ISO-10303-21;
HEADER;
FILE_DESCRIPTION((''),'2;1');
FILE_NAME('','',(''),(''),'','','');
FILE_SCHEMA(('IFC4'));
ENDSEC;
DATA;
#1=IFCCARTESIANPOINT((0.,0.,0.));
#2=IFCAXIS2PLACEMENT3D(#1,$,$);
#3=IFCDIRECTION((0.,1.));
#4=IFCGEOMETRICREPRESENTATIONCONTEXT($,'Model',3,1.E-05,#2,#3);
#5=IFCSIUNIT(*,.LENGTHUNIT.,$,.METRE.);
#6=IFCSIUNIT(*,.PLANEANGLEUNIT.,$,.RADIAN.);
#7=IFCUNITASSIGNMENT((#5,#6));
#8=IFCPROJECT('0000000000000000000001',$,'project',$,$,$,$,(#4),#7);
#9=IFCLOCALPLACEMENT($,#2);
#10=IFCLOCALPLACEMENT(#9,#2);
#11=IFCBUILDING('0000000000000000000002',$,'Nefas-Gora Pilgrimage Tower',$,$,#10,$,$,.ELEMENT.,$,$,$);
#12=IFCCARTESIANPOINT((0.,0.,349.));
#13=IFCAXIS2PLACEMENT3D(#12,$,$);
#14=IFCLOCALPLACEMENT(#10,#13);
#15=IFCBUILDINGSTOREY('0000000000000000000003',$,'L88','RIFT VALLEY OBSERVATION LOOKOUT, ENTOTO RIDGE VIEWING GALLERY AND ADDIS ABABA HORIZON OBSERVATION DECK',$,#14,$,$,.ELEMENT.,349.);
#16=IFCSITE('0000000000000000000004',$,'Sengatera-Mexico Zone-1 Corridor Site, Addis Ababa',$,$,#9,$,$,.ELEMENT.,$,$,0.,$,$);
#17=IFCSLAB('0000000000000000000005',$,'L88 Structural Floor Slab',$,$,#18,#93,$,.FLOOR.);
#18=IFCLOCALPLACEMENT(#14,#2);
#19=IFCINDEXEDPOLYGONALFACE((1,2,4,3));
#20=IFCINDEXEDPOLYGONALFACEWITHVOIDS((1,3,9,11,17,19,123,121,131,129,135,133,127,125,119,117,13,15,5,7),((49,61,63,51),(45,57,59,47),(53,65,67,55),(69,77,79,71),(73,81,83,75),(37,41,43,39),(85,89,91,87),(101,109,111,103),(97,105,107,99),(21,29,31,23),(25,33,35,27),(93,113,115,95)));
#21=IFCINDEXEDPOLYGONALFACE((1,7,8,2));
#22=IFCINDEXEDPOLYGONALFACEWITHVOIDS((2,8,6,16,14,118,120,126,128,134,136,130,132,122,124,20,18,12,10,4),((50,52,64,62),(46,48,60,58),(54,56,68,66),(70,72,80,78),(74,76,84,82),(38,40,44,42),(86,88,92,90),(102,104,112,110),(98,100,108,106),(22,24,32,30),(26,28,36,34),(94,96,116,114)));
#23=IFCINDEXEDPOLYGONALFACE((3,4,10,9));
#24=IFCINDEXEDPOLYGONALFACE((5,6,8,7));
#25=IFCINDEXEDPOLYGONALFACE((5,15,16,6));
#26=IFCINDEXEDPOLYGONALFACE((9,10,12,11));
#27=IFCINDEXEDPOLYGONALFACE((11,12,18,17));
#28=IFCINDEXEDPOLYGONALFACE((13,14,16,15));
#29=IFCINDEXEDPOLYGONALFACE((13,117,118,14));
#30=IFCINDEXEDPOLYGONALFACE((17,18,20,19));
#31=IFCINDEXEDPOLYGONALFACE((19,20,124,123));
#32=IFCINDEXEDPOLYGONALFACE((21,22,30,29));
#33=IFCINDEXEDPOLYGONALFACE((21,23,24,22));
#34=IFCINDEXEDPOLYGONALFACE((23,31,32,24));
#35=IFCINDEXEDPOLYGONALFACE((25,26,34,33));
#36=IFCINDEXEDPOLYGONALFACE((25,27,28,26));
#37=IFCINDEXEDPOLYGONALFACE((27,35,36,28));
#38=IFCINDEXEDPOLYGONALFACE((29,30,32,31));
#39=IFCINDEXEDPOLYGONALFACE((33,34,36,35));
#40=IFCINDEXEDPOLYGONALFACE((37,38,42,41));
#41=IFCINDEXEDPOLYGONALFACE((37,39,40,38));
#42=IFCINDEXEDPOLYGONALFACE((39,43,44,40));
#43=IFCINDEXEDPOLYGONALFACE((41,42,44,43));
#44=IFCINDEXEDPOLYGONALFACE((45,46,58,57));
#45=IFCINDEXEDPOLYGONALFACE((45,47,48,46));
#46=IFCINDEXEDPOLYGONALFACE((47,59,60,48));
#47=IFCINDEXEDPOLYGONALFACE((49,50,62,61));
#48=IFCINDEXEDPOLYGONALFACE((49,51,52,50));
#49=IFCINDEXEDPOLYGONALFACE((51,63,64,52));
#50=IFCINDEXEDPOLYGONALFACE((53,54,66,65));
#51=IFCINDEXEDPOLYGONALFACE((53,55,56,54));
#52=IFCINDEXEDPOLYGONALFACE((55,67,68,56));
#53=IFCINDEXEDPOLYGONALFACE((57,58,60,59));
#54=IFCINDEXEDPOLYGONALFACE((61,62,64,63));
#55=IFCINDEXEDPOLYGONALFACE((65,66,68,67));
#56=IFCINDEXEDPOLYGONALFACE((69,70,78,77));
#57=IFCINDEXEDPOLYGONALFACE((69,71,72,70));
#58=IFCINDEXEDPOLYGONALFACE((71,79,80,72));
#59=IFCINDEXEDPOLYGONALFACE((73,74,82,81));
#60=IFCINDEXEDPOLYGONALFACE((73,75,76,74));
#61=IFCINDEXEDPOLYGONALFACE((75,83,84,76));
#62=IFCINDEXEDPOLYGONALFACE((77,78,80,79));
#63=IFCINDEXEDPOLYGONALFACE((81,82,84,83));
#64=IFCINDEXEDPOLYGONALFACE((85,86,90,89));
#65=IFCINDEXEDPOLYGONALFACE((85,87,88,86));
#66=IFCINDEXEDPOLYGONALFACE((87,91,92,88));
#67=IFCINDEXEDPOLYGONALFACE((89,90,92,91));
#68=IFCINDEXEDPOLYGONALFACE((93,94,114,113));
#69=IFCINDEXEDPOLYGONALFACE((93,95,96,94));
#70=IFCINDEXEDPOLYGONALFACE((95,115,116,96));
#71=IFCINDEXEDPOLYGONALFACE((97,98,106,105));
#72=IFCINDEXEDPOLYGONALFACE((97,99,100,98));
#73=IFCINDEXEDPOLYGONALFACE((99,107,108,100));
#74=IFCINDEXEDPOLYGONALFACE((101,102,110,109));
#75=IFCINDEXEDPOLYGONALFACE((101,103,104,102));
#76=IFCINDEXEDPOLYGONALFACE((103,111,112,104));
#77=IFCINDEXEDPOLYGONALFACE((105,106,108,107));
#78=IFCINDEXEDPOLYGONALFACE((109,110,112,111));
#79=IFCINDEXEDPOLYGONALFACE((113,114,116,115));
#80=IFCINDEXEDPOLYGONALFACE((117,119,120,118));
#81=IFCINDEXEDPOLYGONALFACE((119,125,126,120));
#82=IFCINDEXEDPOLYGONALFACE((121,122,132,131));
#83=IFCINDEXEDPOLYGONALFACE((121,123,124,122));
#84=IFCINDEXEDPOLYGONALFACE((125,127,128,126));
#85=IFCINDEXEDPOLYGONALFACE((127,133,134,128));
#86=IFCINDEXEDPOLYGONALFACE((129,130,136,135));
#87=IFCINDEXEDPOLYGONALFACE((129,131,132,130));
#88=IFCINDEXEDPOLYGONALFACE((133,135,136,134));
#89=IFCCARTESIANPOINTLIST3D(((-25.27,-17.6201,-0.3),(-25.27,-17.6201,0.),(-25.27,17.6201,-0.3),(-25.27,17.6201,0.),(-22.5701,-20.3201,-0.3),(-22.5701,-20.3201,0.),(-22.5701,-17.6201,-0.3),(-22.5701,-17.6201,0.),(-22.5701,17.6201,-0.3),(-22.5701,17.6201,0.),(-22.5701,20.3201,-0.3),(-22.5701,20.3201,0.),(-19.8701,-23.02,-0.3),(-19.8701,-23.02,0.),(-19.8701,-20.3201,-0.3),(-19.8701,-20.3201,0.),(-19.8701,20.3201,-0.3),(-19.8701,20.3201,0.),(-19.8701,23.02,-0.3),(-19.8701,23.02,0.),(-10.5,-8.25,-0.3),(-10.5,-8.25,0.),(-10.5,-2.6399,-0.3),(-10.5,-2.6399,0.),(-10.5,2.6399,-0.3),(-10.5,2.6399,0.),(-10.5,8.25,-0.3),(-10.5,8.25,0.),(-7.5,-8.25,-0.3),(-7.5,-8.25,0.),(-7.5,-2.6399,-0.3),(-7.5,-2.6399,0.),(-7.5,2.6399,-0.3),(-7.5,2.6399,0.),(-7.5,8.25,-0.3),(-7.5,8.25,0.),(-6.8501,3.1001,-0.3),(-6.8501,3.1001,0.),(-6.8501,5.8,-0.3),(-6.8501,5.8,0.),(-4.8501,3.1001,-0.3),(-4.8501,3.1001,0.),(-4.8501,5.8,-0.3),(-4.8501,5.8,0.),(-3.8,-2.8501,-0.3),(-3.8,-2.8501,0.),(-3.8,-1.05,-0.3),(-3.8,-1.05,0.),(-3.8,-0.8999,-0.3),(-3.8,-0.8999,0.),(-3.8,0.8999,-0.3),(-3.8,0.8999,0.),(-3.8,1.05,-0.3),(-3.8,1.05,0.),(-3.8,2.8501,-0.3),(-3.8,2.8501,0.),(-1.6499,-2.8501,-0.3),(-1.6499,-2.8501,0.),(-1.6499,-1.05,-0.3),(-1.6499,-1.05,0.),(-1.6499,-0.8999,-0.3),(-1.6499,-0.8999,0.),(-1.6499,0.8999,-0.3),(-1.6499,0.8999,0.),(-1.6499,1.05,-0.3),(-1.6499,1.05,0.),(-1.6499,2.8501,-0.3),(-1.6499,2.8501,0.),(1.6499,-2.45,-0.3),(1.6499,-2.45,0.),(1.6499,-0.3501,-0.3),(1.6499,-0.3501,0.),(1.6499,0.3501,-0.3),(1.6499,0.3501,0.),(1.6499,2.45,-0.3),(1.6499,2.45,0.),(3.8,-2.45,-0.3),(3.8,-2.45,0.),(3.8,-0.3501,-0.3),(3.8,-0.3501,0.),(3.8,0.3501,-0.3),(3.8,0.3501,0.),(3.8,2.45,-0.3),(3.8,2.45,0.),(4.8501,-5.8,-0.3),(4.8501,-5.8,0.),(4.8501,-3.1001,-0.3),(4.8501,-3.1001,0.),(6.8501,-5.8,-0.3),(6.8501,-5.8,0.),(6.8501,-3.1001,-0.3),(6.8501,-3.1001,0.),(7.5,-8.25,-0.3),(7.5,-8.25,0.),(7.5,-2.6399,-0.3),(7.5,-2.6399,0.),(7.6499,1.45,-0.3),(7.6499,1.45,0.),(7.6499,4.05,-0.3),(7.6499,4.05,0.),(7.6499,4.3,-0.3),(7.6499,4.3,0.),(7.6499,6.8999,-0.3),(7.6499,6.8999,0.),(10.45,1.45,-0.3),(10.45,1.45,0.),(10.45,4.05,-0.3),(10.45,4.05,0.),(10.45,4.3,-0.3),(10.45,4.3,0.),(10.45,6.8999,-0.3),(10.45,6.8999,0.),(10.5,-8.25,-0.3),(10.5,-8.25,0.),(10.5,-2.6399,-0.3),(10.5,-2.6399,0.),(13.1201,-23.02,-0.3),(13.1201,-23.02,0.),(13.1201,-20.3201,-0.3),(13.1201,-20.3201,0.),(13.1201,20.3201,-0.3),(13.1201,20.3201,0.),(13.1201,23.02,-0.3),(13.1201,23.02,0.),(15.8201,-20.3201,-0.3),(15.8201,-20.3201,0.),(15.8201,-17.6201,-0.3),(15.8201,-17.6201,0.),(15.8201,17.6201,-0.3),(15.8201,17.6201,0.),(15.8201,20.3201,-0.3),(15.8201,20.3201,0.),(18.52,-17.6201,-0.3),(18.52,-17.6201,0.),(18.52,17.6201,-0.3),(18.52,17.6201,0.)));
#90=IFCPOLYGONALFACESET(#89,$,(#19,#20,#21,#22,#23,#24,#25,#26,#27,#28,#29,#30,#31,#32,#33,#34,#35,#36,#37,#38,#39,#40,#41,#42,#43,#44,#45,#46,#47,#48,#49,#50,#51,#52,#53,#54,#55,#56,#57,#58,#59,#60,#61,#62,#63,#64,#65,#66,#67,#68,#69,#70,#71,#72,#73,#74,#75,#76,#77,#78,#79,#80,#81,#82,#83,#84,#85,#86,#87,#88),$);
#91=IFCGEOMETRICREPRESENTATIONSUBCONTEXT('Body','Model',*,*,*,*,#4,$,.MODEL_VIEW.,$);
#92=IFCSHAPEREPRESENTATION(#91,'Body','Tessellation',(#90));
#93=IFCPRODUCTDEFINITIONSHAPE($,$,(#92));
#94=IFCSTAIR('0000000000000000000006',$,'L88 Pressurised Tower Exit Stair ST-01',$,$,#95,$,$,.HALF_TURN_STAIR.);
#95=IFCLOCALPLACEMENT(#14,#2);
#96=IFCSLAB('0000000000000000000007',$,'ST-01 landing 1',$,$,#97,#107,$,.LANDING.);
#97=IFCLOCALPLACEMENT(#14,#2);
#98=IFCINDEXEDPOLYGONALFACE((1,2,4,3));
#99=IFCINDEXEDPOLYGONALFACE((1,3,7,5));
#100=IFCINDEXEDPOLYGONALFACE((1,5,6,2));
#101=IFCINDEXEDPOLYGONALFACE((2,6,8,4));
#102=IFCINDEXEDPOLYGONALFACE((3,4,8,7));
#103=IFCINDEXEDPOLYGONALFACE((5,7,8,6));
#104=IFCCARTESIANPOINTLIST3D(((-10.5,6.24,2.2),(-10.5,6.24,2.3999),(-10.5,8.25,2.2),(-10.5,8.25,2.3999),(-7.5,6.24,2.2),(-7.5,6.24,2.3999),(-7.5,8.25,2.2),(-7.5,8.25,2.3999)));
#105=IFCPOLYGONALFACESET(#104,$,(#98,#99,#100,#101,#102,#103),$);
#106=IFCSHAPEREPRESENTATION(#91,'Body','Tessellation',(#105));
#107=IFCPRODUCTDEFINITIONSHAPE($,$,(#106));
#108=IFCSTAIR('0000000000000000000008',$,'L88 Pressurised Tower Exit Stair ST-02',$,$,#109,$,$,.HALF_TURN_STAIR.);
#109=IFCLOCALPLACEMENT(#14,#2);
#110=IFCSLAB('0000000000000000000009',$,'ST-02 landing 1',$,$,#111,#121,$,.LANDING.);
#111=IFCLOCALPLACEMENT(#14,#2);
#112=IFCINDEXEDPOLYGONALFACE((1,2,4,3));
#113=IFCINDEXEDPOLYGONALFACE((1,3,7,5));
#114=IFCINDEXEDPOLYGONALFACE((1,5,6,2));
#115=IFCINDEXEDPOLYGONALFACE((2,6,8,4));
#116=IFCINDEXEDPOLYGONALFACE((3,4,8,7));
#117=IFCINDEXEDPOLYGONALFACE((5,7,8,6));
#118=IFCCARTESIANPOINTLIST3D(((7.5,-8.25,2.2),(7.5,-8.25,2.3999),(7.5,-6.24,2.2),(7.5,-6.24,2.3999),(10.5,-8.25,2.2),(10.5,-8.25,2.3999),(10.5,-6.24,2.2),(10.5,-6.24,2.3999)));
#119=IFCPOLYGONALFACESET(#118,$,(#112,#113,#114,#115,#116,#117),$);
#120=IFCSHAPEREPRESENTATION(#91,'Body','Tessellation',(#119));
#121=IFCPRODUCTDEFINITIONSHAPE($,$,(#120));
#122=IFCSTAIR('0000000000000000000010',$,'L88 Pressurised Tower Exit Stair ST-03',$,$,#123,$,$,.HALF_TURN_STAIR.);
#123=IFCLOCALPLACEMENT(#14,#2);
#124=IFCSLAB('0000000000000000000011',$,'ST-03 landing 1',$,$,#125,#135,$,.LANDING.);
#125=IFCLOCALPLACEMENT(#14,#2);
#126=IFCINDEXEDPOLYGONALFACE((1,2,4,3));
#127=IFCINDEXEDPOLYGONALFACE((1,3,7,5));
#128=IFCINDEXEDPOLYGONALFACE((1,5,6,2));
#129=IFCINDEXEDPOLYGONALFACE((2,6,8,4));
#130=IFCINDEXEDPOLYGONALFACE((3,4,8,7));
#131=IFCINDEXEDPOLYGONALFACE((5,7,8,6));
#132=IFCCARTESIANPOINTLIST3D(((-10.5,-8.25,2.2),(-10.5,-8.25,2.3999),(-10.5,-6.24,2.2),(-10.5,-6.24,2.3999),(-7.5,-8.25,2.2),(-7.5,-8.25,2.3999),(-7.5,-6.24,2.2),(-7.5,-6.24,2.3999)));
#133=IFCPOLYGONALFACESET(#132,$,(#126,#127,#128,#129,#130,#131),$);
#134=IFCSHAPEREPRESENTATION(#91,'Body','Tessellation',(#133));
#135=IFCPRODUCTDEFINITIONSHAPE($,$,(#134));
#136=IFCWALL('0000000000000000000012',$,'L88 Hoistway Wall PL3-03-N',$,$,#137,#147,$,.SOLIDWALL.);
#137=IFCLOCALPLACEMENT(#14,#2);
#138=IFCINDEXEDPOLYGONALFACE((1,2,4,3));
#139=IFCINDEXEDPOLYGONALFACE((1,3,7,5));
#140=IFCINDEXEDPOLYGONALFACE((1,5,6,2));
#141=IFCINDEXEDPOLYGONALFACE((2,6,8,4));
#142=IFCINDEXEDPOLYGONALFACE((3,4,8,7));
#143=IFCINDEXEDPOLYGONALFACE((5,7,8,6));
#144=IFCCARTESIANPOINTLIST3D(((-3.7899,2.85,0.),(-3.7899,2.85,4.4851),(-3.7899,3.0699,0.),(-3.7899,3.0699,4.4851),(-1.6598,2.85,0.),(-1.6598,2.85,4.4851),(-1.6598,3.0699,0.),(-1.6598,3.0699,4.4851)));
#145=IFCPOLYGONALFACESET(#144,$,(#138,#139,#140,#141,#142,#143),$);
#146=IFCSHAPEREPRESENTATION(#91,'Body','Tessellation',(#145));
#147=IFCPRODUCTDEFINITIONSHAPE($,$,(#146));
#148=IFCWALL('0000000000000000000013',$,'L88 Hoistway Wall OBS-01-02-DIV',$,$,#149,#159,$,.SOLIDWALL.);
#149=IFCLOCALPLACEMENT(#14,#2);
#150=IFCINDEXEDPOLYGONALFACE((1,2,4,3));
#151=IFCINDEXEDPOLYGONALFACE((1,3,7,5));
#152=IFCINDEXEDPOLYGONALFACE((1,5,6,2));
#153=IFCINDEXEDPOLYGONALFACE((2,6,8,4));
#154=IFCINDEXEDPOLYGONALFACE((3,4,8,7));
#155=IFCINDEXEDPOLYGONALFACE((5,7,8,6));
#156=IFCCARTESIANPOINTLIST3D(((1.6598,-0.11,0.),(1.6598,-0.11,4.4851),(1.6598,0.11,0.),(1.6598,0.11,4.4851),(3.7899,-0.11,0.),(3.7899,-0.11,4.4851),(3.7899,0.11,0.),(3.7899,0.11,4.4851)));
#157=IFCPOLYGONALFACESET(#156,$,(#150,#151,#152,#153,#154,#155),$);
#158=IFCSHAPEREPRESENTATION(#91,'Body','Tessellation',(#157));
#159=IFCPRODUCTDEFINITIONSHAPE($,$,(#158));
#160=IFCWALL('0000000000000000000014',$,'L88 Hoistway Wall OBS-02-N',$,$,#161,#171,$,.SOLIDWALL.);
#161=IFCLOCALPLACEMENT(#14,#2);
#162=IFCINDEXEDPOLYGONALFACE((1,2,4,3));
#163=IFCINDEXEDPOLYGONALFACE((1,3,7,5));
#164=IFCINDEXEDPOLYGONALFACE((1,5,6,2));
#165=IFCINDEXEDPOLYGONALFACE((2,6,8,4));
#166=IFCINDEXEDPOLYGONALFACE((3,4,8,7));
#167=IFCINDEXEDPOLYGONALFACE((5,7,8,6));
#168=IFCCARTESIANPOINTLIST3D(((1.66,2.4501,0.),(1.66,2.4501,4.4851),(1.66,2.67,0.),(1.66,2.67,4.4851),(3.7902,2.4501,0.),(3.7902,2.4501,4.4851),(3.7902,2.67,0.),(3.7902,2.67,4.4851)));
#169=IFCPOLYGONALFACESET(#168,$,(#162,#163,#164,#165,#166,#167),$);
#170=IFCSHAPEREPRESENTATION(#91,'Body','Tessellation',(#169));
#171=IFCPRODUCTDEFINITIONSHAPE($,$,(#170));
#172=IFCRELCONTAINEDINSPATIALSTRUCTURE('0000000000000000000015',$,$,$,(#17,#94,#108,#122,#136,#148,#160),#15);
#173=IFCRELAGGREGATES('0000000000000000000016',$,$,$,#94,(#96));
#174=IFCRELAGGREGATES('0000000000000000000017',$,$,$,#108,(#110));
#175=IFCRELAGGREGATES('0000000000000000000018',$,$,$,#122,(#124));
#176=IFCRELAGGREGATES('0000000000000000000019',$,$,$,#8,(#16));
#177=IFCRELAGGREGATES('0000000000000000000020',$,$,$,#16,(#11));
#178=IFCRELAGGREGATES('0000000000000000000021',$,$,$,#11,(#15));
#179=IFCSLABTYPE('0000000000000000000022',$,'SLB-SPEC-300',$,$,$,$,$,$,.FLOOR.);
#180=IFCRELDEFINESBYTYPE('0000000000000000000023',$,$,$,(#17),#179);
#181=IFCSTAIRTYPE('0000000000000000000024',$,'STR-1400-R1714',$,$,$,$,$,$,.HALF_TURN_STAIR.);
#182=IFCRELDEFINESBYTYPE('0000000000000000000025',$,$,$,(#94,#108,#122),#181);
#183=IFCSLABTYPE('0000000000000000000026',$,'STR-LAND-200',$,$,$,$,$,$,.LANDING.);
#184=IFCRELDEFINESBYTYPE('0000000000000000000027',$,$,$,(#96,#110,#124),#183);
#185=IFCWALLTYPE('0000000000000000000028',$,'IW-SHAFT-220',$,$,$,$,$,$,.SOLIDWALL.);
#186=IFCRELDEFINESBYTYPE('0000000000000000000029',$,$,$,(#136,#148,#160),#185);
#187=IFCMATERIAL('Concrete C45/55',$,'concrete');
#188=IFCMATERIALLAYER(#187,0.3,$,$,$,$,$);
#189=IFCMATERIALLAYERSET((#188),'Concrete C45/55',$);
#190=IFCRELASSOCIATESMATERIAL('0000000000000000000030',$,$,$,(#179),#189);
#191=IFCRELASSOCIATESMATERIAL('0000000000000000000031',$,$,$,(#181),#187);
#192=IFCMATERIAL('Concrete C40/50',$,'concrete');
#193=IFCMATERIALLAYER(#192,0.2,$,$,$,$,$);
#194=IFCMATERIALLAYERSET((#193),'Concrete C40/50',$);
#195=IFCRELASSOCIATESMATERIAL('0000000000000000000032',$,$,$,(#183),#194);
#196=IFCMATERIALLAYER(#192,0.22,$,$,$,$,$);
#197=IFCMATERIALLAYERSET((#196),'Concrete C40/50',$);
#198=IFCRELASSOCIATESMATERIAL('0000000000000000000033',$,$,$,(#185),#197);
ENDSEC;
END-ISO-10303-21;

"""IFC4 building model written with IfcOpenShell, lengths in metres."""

from ifc_helpers import new_model, si_unit, direction, frame, frame_2d, origin, place, context, subcontext, project, spatial, polyline, rectangle, outline, extrude, source, transform, mapped, material, layer, layer_set, type_object, element, aggregate, save


model = new_model("IFC4")

# Units and contexts
model_context = context("Model", 3, precision=1e-05, world=origin(), true_north=direction((0.0, 1.0)))
body_context = subcontext(model_context, "Body", "Model", "MODEL_VIEW")
ifc_project = project(units=[si_unit("LENGTHUNIT", "METRE"), si_unit("PLANEANGLEUNIT", "RADIAN")], contexts=[model_context])

# Site, building, storey
site_placement = place(None, origin())
site = spatial("IfcSite", under=ifc_project, at=site_placement, Name="Sengatera-Mexico Zone-1 Corridor Site, Addis Ababa", CompositionType="ELEMENT", RefElevation=0.0)
building_placement = place(site_placement, origin())
building = spatial("IfcBuilding", under=site, at=building_placement, Name="Nefas-Gora Pilgrimage Tower", CompositionType="ELEMENT")
storey_placement = place(building_placement, frame((0.0, 0.0, 349.0)))
storey = spatial("IfcBuildingStorey", under=building, at=storey_placement, Name="L88", Description="RIFT VALLEY OBSERVATION LOOKOUT, ENTOTO RIDGE VIEWING GALLERY AND ADDIS ABABA HORIZON OBSERVATION DECK", CompositionType="ELEMENT", Elevation=349.0)

# Slab
ifc_material_1 = material(Name="Concrete C45/55", Category="concrete")
ifc_layer_1 = layer(ifc_material_1, 0.3)
ifc_layer_set_1 = layer_set([ifc_layer_1], Name="Concrete C45/55")
slab_type_1 = type_object("IfcSlabType", Name="SLB-SPEC-300", PredefinedType="FLOOR", material=ifc_layer_set_1)
slab_1_placement = place(storey_placement, frame((0.0, 0.0, -0.3)))
element("IfcSlab", 1, at=slab_1_placement, inside=storey, type_object=slab_type_1, Name="L88 Structural Floor Slab", PredefinedType="FLOOR", context=body_context, shape_type="SweptSolid", body=[
    extrude(outline(polyline([(18.52, 17.6201), (15.8201, 17.6201), (15.8201, 20.3201), (13.1201, 20.3201), (13.1201, 23.02), (-19.8701, 23.02), (-19.8701, 20.3201), (-22.5701, 20.3201), (-22.5701, 17.6201), (-25.27, 17.6201), (-25.27, -17.6201), (-22.5701, -17.6201), (-22.5701, -20.3201), (-19.8701, -20.3201), (-19.8701, -23.02), (13.1201, -23.02), (13.1201, -20.3201), (15.8201, -20.3201), (15.8201, -17.6201), (18.52, -17.6201), (18.52, 17.6201)]), holes=[polyline([(-10.5, 2.6399), (-10.5, 8.25), (-7.5, 8.25), (-7.5, 2.6399), (-10.5, 2.6399)]), polyline([(10.5, -2.6399), (10.5, -8.25), (7.5, -8.25), (7.5, -2.6399), (10.5, -2.6399)]), polyline([(-7.5, -2.6399), (-7.5, -8.25), (-10.5, -8.25), (-10.5, -2.6399), (-7.5, -2.6399)]), polyline([(-6.8501, 5.8), (-4.8501, 5.8), (-4.8501, 3.1001), (-6.8501, 3.1001), (-6.8501, 5.8)]), polyline([(4.8501, -3.1001), (6.8501, -3.1001), (6.8501, -5.8), (4.8501, -5.8), (4.8501, -3.1001)]), polyline([(7.6499, 4.05), (10.45, 4.05), (10.45, 1.45), (7.6499, 1.45), (7.6499, 4.05)]), polyline([(7.6499, 6.8999), (10.45, 6.8999), (10.45, 4.3), (7.6499, 4.3), (7.6499, 6.8999)]), polyline([(-3.8, -1.05), (-1.6499, -1.05), (-1.6499, -2.8501), (-3.8, -2.8501), (-3.8, -1.05)]), polyline([(-3.8, 0.8999), (-1.6499, 0.8999), (-1.6499, -0.8999), (-3.8, -0.8999), (-3.8, 0.8999)]), polyline([(-3.8, 2.8501), (-1.6499, 2.8501), (-1.6499, 1.05), (-3.8, 1.05), (-3.8, 2.8501)]), polyline([(1.6499, -0.3501), (3.8, -0.3501), (3.8, -2.45), (1.6499, -2.45), (1.6499, -0.3501)]), polyline([(1.6499, 2.45), (3.8, 2.45), (3.8, 0.3501), (1.6499, 0.3501), (1.6499, 2.45)])]), origin(), (0.0, 0.0, 1.0), 0.3),
])

# Stairs, slabs
stair_type = type_object("IfcStairType", Name="STR-1400-R1714", PredefinedType="HALF_TURN_STAIR", material=ifc_material_1)
stair_1_placement = place(storey_placement, origin())
stair_1 = element("IfcStair", 2, at=stair_1_placement, inside=storey, type_object=stair_type, Name="L88 Pressurised Tower Exit Stair ST-01", PredefinedType="HALF_TURN_STAIR")
ifc_material_2 = material(Name="Concrete C40/50", Category="concrete")
ifc_layer_2 = layer(ifc_material_2, 0.2)
ifc_layer_set_2 = layer_set([ifc_layer_2], Name="Concrete C40/50")
slab_type_2 = type_object("IfcSlabType", Name="STR-LAND-200", PredefinedType="LANDING", material=ifc_layer_set_2)
slab_2_placement = place(storey_placement, frame((0.0, 0.0, 2.2)))
slab_2 = element("IfcSlab", 3, at=slab_2_placement, type_object=slab_type_2, Name="ST-01 landing 1", PredefinedType="LANDING", context=body_context, shape_type="SweptSolid", body=[
    extrude(outline(polyline([(-7.5, 6.24), (-7.5, 8.25), (-10.5, 8.25), (-10.5, 6.24), (-7.5, 6.24)])), origin(), (0.0, 0.0, 1.0), 0.2),
])
aggregate(stair_1, [slab_2])
stair_2_placement = place(storey_placement, origin())
stair_2 = element("IfcStair", 4, at=stair_2_placement, inside=storey, type_object=stair_type, Name="L88 Pressurised Tower Exit Stair ST-02", PredefinedType="HALF_TURN_STAIR")
slab_3_placement = place(storey_placement, frame((0.0, 0.0, 2.2)))
slab_3 = element("IfcSlab", 5, at=slab_3_placement, type_object=slab_type_2, Name="ST-02 landing 1", PredefinedType="LANDING", context=body_context, shape_type="SweptSolid", body=[
    extrude(outline(polyline([(7.5, -6.24), (7.5, -8.25), (10.5, -8.25), (10.5, -6.24), (7.5, -6.24)])), origin(), (0.0, 0.0, 1.0), 0.2),
])
aggregate(stair_2, [slab_3])
stair_3_placement = place(storey_placement, origin())
stair_3 = element("IfcStair", 6, at=stair_3_placement, inside=storey, type_object=stair_type, Name="L88 Pressurised Tower Exit Stair ST-03", PredefinedType="HALF_TURN_STAIR")
slab_4_placement = place(storey_placement, frame((0.0, 0.0, 2.2)))
slab_4 = element("IfcSlab", 7, at=slab_4_placement, type_object=slab_type_2, Name="ST-03 landing 1", PredefinedType="LANDING", context=body_context, shape_type="SweptSolid", body=[
    extrude(outline(polyline([(-10.5, -6.24), (-10.5, -8.25), (-7.5, -8.25), (-7.5, -6.24), (-10.5, -6.24)])), origin(), (0.0, 0.0, 1.0), 0.2),
])
aggregate(stair_3, [slab_4])

# Walls
ifc_layer_3 = layer(ifc_material_2, 0.22)
ifc_layer_set_3 = layer_set([ifc_layer_3], Name="Concrete C40/50")
wall_type_1 = type_object("IfcWallType", Name="IW-SHAFT-220", PredefinedType="SOLIDWALL", material=ifc_layer_set_3)
shared_shape_1 = source(origin(), body_context, "Body", "SweptSolid", [
    extrude(rectangle(XDim=2.1301, YDim=0.22, at=frame_2d((1.0649, 0.0))), origin(), (0.0, 0.0, 1.0), 4.4851),
])
for number, where, z_axis, x_axis, name in (
    (8, (-1.6599, 2.96, 0.0), (0.0, 0.0, 1.0), (-1.0, 0.0, 0.0), "L88 Hoistway Wall PL3-03-N"),
    (9, (1.6599, 0.0, 0.0), (0.0, 0.0, 1.0), (1.0, 0.0, 0.0), "L88 Hoistway Wall OBS-01-02-DIV"),
    (10, (3.79, 2.5601, 0.0), (0.0, 0.0, 1.0), (-1.0, 0.0, 0.0), "L88 Hoistway Wall OBS-02-N"),
):
    element("IfcWall", number, at=place(storey_placement, frame(where, z_axis=z_axis, x_axis=x_axis)), inside=storey, type_object=wall_type_1, Name=name, PredefinedType="SOLIDWALL", context=body_context, shape_type="MappedRepresentation", body=[
        mapped(shared_shape_1, transform((0.0, 0.0, 0.0), x_axis=(1.0, 0.0, 0.0), y_axis=(0.0, 1.0, 0.0), z_axis=(0.0, 0.0, 1.0), scale=1.0)),
    ])

save(model, "model.ifc")
